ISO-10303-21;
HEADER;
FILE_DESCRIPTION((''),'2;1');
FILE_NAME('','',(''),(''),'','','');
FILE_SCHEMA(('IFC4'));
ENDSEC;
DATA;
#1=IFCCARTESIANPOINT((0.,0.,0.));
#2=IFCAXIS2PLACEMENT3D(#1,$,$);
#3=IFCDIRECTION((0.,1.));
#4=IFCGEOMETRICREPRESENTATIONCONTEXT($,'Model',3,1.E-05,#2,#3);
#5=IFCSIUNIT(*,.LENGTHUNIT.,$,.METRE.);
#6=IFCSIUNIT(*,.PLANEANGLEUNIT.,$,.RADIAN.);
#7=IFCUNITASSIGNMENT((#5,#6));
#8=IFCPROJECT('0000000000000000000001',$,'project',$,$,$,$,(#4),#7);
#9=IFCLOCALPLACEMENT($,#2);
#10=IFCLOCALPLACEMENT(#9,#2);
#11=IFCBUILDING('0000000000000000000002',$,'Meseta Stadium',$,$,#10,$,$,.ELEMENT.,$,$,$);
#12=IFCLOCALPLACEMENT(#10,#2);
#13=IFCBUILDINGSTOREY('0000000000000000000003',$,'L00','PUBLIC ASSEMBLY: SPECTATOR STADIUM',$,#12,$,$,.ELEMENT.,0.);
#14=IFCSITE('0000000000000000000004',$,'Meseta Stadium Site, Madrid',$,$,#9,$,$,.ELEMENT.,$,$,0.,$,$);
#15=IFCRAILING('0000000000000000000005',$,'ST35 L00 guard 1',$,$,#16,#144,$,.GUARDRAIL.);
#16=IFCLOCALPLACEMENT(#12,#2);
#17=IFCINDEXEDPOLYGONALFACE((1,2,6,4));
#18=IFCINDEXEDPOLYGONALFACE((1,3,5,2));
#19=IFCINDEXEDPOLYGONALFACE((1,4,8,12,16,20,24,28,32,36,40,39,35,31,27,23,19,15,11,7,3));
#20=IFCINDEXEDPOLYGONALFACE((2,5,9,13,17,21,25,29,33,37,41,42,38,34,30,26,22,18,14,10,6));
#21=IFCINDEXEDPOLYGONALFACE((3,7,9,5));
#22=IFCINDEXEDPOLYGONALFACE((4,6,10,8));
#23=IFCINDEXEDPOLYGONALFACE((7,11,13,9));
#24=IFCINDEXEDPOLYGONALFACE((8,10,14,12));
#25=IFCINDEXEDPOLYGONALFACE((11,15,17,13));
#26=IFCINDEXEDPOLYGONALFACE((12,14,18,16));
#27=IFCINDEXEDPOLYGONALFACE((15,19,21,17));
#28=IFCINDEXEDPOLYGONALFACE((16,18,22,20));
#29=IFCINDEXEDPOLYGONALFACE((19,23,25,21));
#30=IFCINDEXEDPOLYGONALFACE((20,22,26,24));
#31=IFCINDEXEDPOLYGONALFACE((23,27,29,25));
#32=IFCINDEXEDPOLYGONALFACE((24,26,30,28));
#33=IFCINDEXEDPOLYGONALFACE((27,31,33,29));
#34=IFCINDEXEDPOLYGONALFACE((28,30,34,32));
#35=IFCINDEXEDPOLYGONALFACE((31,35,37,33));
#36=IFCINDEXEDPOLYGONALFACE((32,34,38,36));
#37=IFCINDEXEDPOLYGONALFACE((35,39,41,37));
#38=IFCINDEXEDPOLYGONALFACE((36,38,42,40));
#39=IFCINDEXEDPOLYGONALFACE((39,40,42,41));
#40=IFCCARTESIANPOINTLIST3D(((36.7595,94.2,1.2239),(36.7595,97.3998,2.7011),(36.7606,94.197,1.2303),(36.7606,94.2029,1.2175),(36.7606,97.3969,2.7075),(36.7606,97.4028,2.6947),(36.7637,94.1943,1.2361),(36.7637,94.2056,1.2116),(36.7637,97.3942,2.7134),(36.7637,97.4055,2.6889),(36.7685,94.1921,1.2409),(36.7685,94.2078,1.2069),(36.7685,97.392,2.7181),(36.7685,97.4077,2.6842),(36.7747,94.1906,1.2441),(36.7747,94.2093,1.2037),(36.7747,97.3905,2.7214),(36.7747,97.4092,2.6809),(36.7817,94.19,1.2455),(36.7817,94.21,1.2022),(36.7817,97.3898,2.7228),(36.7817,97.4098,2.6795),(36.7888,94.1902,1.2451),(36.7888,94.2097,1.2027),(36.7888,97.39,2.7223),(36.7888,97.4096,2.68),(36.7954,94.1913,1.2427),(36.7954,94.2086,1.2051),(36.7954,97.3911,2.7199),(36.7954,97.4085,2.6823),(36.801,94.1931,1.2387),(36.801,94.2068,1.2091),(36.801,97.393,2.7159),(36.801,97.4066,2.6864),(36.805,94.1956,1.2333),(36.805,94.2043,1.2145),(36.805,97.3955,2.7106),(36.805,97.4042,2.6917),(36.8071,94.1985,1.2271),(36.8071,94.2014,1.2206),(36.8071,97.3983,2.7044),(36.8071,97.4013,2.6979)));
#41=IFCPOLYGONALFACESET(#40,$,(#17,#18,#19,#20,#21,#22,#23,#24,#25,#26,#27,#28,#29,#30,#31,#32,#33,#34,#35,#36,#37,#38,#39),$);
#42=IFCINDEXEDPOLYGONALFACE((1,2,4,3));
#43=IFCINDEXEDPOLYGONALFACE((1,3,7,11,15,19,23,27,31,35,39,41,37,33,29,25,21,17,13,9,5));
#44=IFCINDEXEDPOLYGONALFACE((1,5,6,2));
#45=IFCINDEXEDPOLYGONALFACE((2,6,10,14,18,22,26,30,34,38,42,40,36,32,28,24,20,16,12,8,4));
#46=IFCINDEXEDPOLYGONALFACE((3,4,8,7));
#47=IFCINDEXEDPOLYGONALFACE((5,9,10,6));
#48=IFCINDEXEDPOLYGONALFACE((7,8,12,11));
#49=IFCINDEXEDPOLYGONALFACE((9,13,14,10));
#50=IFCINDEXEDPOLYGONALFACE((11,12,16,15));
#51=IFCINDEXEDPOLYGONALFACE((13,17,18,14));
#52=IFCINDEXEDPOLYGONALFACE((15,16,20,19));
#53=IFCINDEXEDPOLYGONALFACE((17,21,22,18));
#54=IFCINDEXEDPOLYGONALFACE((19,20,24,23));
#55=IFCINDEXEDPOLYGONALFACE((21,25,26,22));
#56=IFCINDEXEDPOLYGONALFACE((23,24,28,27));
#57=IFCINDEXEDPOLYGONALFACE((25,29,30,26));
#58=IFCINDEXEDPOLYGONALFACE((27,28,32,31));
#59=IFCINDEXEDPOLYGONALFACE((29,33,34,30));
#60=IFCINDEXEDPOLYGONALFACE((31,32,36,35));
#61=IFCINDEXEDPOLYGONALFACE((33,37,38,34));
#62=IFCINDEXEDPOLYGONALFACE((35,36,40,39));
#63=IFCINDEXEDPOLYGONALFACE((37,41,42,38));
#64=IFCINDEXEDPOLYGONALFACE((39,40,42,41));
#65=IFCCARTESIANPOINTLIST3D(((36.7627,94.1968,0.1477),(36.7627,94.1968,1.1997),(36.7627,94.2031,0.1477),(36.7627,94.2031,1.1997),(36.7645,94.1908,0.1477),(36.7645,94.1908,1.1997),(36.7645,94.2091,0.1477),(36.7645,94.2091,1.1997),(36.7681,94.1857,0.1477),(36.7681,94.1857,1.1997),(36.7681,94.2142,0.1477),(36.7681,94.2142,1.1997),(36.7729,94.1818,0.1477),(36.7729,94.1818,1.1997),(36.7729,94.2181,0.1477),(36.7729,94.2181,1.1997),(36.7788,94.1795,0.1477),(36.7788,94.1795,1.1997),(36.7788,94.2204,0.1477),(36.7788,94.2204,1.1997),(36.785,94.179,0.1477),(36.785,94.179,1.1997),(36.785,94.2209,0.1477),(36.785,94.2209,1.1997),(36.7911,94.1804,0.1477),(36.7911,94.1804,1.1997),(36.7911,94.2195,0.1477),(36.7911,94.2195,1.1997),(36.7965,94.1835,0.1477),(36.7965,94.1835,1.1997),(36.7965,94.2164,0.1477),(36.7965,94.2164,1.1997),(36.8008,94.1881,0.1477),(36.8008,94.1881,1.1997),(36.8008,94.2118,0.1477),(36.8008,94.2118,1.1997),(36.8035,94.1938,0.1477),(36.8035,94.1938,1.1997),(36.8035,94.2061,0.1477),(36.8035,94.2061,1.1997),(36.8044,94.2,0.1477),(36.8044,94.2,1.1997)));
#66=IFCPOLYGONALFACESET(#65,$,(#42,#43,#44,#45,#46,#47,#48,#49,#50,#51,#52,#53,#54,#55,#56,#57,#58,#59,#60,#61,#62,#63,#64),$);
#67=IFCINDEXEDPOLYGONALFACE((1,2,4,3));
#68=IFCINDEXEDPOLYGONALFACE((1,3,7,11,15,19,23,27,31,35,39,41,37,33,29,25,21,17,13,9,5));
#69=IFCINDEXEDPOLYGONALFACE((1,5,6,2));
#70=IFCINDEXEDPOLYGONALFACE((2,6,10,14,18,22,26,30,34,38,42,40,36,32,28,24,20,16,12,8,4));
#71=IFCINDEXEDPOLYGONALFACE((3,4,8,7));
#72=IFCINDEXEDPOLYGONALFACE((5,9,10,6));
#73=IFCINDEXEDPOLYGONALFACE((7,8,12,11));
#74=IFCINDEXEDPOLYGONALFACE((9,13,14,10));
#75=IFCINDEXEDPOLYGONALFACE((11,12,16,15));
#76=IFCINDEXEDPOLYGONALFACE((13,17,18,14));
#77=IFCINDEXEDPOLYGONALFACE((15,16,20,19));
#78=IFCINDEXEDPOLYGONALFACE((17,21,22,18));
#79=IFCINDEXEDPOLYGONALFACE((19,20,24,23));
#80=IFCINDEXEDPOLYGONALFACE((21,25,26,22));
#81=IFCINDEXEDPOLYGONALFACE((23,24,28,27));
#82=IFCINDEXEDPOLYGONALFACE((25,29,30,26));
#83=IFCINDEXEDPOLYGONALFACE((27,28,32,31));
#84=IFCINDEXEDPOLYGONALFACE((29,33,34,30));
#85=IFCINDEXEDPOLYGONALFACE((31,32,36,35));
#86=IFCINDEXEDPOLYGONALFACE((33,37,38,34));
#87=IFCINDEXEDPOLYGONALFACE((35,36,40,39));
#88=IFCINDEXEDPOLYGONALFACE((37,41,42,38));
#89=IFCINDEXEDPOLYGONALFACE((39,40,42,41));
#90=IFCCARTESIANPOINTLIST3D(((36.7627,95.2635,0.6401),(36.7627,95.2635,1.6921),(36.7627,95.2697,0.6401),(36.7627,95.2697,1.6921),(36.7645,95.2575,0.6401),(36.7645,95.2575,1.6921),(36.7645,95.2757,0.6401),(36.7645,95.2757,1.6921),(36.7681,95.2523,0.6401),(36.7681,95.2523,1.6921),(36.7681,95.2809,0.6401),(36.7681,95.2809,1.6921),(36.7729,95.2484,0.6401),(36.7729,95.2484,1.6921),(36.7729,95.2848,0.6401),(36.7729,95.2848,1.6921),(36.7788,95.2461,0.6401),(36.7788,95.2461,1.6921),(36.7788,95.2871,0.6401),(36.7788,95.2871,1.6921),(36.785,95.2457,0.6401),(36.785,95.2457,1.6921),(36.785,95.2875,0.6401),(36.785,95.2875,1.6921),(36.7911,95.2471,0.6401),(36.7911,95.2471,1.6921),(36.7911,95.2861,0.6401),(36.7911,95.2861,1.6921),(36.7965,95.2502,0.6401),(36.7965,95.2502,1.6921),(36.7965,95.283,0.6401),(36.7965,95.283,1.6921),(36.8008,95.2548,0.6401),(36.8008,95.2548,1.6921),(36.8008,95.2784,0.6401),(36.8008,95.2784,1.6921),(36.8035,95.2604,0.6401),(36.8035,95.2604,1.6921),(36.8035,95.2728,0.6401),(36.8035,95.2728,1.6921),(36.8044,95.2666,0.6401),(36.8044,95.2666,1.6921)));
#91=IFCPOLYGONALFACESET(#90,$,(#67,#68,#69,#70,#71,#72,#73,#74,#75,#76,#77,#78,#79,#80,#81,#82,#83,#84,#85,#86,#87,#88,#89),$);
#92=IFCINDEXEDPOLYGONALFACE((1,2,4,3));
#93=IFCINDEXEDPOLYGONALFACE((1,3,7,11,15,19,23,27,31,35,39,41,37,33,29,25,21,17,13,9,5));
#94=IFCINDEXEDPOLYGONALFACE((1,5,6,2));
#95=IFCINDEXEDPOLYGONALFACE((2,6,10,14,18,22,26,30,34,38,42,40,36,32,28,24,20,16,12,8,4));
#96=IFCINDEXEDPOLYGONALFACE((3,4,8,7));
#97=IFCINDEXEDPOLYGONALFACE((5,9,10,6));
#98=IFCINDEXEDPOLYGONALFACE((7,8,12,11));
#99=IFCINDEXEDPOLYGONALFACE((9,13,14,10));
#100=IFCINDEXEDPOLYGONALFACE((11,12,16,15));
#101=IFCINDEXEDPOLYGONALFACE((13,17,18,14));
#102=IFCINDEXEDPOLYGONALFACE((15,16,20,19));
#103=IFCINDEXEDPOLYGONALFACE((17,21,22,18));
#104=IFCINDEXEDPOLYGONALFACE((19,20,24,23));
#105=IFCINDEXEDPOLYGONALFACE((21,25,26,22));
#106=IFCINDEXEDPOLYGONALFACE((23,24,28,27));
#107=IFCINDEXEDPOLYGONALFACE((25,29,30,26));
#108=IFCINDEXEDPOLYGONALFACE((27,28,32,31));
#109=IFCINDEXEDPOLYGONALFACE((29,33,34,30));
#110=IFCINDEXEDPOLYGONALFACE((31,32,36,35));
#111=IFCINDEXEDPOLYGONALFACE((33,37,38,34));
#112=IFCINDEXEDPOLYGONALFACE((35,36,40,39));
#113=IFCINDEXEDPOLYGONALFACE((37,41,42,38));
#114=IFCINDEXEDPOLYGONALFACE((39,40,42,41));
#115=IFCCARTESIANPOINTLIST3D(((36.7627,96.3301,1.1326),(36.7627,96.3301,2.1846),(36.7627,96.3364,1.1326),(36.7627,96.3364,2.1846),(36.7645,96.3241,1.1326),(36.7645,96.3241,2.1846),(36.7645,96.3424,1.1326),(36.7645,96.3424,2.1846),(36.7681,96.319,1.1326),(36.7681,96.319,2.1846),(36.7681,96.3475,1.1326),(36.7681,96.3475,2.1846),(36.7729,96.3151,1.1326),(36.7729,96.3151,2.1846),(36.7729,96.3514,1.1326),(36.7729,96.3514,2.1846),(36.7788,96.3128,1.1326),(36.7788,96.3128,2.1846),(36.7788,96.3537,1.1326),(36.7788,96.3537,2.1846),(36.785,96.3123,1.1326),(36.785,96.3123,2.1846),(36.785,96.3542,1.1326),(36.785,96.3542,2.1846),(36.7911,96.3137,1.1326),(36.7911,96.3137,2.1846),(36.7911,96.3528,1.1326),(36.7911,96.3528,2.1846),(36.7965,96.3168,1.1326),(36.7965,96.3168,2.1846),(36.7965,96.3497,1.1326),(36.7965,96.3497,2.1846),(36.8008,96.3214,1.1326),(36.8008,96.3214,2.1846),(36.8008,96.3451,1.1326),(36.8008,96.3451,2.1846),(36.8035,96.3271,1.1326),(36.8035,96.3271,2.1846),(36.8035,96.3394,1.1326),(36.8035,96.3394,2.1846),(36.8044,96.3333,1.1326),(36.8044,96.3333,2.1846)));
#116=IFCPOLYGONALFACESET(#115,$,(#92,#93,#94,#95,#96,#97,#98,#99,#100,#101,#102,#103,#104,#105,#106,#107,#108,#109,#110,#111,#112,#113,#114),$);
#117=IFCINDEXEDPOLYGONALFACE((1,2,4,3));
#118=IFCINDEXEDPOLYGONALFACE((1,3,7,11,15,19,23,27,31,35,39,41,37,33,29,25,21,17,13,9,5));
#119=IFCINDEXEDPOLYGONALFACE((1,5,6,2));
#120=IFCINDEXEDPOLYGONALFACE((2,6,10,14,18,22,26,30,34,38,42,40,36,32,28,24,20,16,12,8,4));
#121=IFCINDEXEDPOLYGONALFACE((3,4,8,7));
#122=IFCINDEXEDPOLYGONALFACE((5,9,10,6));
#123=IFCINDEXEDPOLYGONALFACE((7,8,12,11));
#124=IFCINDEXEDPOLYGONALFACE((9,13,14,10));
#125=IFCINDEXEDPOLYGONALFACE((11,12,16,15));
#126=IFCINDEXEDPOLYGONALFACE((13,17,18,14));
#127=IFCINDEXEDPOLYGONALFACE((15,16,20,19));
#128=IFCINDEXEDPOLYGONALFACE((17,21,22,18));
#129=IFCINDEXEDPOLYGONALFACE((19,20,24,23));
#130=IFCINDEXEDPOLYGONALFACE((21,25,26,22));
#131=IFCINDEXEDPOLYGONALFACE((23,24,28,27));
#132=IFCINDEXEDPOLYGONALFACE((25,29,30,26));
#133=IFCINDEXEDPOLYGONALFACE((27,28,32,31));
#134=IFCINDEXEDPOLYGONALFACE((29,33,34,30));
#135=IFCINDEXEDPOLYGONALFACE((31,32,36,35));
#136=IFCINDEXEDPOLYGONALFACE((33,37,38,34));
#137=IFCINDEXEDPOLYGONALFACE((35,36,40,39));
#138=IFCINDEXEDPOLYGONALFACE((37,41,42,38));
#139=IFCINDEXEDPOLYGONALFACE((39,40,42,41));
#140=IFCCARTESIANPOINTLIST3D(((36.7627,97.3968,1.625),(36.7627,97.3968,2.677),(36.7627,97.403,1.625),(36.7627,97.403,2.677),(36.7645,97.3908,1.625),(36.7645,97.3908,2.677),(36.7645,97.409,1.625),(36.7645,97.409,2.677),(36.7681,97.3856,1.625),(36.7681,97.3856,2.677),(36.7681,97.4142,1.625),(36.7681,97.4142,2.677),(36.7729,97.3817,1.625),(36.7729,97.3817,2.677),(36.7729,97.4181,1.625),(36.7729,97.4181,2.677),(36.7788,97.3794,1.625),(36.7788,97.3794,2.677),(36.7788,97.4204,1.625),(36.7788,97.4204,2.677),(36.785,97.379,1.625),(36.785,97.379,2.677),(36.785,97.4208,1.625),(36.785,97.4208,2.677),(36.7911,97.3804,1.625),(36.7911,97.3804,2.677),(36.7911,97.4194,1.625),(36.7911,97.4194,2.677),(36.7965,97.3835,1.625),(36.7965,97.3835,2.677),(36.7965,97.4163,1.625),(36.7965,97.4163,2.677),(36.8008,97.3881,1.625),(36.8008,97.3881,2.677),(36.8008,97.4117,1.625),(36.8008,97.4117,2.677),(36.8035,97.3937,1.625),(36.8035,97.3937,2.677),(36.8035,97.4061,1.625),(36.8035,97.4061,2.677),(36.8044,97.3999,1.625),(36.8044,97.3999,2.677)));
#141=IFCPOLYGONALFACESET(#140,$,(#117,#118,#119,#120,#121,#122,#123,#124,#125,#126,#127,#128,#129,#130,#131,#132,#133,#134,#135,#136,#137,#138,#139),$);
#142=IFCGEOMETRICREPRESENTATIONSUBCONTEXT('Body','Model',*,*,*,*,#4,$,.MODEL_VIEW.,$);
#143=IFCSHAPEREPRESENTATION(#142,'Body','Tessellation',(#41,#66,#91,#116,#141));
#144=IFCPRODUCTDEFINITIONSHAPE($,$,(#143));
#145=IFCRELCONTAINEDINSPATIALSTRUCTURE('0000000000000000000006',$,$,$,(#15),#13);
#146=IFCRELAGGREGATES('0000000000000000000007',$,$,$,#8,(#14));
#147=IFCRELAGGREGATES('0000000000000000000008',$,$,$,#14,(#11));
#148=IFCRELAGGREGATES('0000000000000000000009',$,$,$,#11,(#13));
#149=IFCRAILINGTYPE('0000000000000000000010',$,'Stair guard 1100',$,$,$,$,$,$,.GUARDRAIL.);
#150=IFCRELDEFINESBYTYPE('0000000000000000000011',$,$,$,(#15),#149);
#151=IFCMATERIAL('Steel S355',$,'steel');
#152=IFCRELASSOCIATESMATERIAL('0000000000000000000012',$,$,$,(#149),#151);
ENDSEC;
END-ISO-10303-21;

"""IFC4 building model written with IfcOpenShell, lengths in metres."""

from ifc_helpers import new_model, si_unit, direction, frame, origin, origin_2d, place, context, subcontext, project, spatial, circle, extrude, material, type_object, element, save


model = new_model("IFC4")

# Units and contexts
model_context = context("Model", 3, precision=1e-05, world=origin(), true_north=direction((0.0, 1.0)))
body_context = subcontext(model_context, "Body", "Model", "MODEL_VIEW")
ifc_project = project(units=[si_unit("LENGTHUNIT", "METRE"), si_unit("PLANEANGLEUNIT", "RADIAN")], contexts=[model_context])

# Site, building, storey
site_placement = place(None, origin())
site = spatial("IfcSite", under=ifc_project, at=site_placement, Name="Meseta Stadium Site, Madrid", CompositionType="ELEMENT", RefElevation=0.0)
building_placement = place(site_placement, origin())
building = spatial("IfcBuilding", under=site, at=building_placement, Name="Meseta Stadium", CompositionType="ELEMENT")
storey_placement = place(building_placement, origin())
storey = spatial("IfcBuildingStorey", under=building, at=storey_placement, Name="L00", Description="PUBLIC ASSEMBLY: SPECTATOR STADIUM", CompositionType="ELEMENT", Elevation=0.0)

# Railing
ifc_material_1 = material(Name="Steel S355", Category="steel")
railing_type_1 = type_object("IfcRailingType", Name="Stair guard 1100", PredefinedType="GUARDRAIL", material=ifc_material_1)
railing_1_placement = place(storey_placement, frame((36.7834, 94.2, 0.1477)))
element("IfcRailing", 1, at=railing_1_placement, inside=storey, type_object=railing_type_1, Name="ST35 L00 guard 1", PredefinedType="GUARDRAIL", context=body_context, shape_type="SweptSolid", body=[
    extrude(circle(Radius=0.0239, at=origin_2d()), frame((0.0, 0.0, 1.0762), z_axis=(0.0, 0.907917, 0.41915), x_axis=(-1.0, 0.0, 0.0)), (0.0, 0.0, 1.0), 3.5244),
    extrude(circle(Radius=0.021, at=origin_2d()), origin(), (0.0, 0.0, 1.0), 1.052),
    extrude(circle(Radius=0.021, at=origin_2d()), frame((0.0, 1.0667, 0.4924)), (0.0, 0.0, 1.0), 1.052),
    extrude(circle(Radius=0.021, at=origin_2d()), frame((0.0, 2.1333, 0.9849)), (0.0, 0.0, 1.0), 1.052),
    extrude(circle(Radius=0.021, at=origin_2d()), frame((0.0, 3.2, 1.4773)), (0.0, 0.0, 1.0), 1.052),
])

save(model, "model.ifc")
